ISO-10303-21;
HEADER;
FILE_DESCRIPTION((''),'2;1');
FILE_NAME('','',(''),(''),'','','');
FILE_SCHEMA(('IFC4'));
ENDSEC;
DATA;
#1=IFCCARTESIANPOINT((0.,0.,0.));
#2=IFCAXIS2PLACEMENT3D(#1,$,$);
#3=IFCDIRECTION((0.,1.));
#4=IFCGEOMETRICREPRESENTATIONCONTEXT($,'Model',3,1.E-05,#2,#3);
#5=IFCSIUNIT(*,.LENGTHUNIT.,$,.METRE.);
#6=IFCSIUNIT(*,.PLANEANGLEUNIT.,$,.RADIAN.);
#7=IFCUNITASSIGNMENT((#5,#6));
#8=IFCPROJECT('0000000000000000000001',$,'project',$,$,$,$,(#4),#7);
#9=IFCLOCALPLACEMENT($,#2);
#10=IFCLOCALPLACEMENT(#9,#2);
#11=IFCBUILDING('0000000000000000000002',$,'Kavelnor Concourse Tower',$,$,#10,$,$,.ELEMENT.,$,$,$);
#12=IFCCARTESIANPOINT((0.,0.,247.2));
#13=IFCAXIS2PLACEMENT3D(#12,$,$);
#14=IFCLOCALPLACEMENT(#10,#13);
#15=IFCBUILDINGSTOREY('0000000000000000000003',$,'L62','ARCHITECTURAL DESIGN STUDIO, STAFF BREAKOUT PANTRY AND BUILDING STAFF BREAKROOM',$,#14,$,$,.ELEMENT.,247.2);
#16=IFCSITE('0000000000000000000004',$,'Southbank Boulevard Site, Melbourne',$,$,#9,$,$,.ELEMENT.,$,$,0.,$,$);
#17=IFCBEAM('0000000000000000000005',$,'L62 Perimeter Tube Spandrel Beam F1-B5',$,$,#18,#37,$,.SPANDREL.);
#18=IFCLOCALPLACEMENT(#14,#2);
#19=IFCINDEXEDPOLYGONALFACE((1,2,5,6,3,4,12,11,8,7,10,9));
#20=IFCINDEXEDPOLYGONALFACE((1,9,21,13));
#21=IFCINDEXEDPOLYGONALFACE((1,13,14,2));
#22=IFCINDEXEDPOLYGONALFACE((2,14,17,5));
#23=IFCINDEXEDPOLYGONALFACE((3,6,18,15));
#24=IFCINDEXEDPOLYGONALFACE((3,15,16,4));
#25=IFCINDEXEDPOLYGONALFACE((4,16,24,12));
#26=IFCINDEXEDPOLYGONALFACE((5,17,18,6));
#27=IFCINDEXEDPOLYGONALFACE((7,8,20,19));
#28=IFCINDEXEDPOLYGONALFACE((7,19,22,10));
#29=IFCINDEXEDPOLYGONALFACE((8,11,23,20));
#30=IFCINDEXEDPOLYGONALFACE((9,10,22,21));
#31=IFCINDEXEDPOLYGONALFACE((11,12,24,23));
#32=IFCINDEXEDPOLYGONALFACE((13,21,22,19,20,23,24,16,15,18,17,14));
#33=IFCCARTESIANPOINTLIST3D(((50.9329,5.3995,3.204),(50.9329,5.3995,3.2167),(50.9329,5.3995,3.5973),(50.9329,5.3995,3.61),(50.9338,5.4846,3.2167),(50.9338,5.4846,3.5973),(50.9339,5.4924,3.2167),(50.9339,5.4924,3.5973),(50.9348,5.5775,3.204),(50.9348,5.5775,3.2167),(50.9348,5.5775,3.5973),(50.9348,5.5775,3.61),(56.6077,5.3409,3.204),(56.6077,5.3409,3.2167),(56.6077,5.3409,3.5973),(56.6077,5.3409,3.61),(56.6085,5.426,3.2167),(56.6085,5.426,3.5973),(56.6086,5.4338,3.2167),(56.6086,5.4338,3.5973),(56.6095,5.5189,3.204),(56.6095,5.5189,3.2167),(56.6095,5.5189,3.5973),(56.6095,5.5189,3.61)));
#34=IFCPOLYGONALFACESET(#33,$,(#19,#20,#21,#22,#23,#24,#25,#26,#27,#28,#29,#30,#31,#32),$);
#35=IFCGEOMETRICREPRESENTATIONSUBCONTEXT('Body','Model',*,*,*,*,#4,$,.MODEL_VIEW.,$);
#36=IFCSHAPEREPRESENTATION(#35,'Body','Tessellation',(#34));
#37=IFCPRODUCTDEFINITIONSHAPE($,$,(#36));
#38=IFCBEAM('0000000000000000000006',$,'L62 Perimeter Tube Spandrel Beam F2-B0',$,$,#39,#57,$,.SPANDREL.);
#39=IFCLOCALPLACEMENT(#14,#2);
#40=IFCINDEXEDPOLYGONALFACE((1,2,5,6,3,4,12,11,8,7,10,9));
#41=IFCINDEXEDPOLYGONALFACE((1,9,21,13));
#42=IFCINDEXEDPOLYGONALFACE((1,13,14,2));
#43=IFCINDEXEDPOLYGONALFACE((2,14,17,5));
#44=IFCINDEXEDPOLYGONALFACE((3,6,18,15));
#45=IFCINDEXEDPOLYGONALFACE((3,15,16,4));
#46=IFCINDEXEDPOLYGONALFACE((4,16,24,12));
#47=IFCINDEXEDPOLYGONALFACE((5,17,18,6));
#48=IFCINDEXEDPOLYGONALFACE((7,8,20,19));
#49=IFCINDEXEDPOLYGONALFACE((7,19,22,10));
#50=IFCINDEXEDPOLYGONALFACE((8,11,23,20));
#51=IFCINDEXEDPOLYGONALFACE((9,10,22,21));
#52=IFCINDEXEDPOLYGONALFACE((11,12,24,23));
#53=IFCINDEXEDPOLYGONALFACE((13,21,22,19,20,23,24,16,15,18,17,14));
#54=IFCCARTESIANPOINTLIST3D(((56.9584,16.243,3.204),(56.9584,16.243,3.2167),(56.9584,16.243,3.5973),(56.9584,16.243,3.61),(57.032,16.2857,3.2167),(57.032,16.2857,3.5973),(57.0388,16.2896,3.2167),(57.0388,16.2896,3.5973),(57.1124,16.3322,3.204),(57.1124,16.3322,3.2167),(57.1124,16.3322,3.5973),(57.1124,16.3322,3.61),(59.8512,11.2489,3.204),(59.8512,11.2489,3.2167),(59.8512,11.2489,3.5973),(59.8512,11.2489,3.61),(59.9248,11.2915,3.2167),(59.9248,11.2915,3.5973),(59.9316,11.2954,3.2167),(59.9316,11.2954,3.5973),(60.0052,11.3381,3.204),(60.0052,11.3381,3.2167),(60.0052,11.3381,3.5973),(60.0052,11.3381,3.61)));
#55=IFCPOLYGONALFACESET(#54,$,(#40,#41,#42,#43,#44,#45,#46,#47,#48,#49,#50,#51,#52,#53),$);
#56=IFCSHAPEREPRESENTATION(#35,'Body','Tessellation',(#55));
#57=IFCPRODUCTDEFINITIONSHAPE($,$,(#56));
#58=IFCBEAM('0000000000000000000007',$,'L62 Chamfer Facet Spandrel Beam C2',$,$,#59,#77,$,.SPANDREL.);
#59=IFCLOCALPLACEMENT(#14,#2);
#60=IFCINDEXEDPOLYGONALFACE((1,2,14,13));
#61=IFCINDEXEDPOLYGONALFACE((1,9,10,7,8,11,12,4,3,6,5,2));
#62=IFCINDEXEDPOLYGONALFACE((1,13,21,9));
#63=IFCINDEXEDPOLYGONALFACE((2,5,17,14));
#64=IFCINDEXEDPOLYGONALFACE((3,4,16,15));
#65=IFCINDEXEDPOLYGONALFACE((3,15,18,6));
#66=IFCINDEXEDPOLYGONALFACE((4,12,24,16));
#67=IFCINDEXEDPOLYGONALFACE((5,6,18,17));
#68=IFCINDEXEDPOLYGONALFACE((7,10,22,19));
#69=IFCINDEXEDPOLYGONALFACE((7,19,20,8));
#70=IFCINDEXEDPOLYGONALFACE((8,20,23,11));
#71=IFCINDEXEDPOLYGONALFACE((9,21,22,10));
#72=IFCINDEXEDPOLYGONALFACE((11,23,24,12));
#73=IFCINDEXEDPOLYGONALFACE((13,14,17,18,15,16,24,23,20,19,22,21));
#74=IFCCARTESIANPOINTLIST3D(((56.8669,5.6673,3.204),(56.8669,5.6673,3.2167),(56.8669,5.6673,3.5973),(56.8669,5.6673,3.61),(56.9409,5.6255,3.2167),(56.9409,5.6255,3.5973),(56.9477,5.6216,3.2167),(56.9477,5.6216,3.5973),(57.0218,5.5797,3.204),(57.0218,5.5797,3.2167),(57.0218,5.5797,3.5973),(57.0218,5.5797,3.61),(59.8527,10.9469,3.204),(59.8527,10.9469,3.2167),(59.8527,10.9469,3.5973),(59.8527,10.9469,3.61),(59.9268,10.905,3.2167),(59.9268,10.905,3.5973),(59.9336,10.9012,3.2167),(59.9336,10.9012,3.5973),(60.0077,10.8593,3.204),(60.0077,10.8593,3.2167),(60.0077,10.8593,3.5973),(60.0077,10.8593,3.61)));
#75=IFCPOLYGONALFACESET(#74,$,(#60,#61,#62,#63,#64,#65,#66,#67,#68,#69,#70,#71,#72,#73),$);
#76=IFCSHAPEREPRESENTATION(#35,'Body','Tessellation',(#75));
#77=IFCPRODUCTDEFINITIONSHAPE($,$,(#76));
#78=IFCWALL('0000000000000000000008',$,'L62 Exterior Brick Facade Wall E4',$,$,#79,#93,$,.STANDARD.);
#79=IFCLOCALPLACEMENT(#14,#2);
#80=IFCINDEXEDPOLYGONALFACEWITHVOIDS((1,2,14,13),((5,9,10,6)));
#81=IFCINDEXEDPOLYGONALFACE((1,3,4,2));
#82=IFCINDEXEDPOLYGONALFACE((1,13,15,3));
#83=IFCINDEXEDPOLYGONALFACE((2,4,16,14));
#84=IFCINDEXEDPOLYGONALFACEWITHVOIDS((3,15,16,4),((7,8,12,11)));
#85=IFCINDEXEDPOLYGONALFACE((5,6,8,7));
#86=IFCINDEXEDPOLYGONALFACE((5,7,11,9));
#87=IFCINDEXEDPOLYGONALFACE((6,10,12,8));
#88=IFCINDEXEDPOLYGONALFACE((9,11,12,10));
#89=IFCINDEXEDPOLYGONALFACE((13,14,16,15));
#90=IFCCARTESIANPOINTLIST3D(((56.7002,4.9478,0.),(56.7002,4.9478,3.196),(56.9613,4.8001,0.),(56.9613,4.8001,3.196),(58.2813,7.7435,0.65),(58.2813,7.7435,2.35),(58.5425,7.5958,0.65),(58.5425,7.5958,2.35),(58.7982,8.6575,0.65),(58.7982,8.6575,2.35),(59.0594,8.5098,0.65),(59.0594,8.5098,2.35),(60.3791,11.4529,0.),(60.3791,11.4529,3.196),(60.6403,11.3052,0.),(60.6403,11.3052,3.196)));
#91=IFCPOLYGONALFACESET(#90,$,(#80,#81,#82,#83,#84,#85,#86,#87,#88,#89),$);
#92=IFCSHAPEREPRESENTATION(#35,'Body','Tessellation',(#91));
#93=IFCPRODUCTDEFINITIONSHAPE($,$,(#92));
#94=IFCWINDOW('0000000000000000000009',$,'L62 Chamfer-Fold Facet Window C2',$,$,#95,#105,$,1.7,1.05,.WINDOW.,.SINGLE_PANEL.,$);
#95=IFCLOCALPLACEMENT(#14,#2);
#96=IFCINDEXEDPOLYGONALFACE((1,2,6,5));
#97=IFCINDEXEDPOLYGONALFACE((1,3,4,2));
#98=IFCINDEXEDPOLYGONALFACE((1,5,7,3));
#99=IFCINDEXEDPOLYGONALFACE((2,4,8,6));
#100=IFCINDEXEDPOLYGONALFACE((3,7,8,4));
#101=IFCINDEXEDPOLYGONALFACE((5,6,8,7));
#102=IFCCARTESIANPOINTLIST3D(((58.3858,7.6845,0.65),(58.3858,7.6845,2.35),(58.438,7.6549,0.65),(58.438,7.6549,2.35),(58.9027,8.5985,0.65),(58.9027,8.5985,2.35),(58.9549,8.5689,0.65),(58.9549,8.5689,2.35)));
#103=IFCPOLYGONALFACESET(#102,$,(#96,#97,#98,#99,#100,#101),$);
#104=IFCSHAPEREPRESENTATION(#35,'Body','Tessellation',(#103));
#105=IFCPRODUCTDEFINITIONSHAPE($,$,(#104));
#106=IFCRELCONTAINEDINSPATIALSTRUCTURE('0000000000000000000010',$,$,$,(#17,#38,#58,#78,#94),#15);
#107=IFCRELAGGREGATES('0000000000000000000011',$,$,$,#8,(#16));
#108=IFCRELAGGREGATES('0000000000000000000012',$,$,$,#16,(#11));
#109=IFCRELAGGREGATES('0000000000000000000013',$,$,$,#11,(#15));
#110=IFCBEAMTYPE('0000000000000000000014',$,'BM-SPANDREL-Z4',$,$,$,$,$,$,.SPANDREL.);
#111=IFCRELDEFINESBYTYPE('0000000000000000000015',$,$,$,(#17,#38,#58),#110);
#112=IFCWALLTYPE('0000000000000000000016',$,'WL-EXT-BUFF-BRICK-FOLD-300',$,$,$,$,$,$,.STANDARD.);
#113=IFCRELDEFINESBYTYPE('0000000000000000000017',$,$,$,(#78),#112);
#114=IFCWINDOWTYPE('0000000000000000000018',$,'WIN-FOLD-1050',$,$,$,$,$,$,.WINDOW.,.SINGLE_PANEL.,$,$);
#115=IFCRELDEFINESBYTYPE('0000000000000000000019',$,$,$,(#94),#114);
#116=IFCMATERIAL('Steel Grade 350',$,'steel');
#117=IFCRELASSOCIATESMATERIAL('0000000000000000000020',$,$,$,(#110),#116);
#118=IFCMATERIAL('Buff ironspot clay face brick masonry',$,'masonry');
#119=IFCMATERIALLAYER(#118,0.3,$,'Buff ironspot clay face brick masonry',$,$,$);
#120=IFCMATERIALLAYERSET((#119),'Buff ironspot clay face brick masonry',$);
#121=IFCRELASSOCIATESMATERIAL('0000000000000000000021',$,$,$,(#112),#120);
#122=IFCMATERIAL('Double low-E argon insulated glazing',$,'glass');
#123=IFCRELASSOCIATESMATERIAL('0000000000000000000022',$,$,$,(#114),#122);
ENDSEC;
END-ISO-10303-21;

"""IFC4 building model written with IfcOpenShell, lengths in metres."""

from ifc_helpers import new_model, si_unit, direction, frame, frame_2d, origin, origin_2d, place, context, subcontext, project, spatial, rectangle, i_section, extrude, material, layer, layer_set, material_profile, profile_set, type_object, element, fill, save


model = new_model("IFC4")

# Units and contexts
model_context = context("Model", 3, precision=1e-05, world=origin(), true_north=direction((0.0, 1.0)))
body_context = subcontext(model_context, "Body", "Model", "MODEL_VIEW")
ifc_project = project(units=[si_unit("LENGTHUNIT", "METRE"), si_unit("PLANEANGLEUNIT", "RADIAN")], contexts=[model_context])

# Site, building, storey
site_placement = place(None, origin())
site = spatial("IfcSite", under=ifc_project, at=site_placement, Name="Southbank Boulevard Site, Melbourne", CompositionType="ELEMENT", RefElevation=0.0)
building_placement = place(site_placement, origin())
building = spatial("IfcBuilding", under=site, at=building_placement, Name="Kavelnor Concourse Tower", CompositionType="ELEMENT")
storey_placement = place(building_placement, frame((0.0, 0.0, 247.2)))
storey = spatial("IfcBuildingStorey", under=building, at=storey_placement, Name="L62", Description="ARCHITECTURAL DESIGN STUDIO, STAFF BREAKOUT PANTRY AND BUILDING STAFF BREAKROOM", CompositionType="ELEMENT", Elevation=247.2)

# Shared definitions
ifc_material_1 = material(Name="Steel Grade 350", Category="steel")

# Beams
ifc_material_profile_1 = material_profile(ifc_material_1, i_section(OverallWidth=0.178, OverallDepth=0.406, WebThickness=0.0078, FlangeThickness=0.0127, at=origin_2d()), Name="410UB59")
ifc_profile_set_1 = profile_set([ifc_material_profile_1], Name="Steel Grade 350")
beam_type_1 = type_object("IfcBeamType", Name="BM-SPANDREL-Z4", PredefinedType="SPANDREL", material=ifc_profile_set_1)
beam_1_placement = place(storey_placement, frame((50.9338, 5.4885, 3.407), z_axis=(0.999947, -0.010325, 0.0), x_axis=(0.010325, 0.999947, 0.0)))
element("IfcBeam", 1, at=beam_1_placement, inside=storey, type_object=beam_type_1, Name="L62 Perimeter Tube Spandrel Beam F1-B5", PredefinedType="SPANDREL", context=body_context, shape_type="SweptSolid", body=[
    extrude(i_section(OverallWidth=0.178, OverallDepth=0.406, WebThickness=0.0078, FlangeThickness=0.0127, at=origin_2d()), origin(), (0.0, 0.0, 1.0), 5.675),
])
beam_2_placement = place(storey_placement, frame((59.9282, 11.2935, 3.407), z_axis=(-0.501228, 0.865315, 0.0), x_axis=(-0.865315, -0.501228, 0.0)))
element("IfcBeam", 2, at=beam_2_placement, inside=storey, type_object=beam_type_1, Name="L62 Perimeter Tube Spandrel Beam F2-B0", PredefinedType="SPANDREL", context=body_context, shape_type="SweptSolid", body=[
    extrude(i_section(OverallWidth=0.178, OverallDepth=0.406, WebThickness=0.0078, FlangeThickness=0.0127, at=origin_2d()), origin(), (0.0, 0.0, 1.0), 5.7715),
])
beam_3_placement = place(storey_placement, frame((56.9443, 5.6235, 3.407), z_axis=(0.492276, 0.870439, 0.0), x_axis=(-0.870439, 0.492276, 0.0)))
element("IfcBeam", 3, at=beam_3_placement, inside=storey, type_object=beam_type_1, Name="L62 Chamfer Facet Spandrel Beam C2", PredefinedType="SPANDREL", context=body_context, shape_type="SweptSolid", body=[
    extrude(i_section(OverallWidth=0.178, OverallDepth=0.406, WebThickness=0.0078, FlangeThickness=0.0127, at=origin_2d()), origin(), (0.0, 0.0, 1.0), 6.0654),
])

# Wall, opening, window
ifc_material_2 = material(Name="Buff ironspot clay face brick masonry", Category="masonry")
ifc_layer_1 = layer(ifc_material_2, 0.3, Name="Buff ironspot clay face brick masonry")
ifc_layer_set_1 = layer_set([ifc_layer_1], Name="Buff ironspot clay face brick masonry")
wall_type_1 = type_object("IfcWallType", Name="WL-EXT-BUFF-BRICK-FOLD-300", PredefinedType="STANDARD", material=ifc_layer_set_1)
wall_1_placement = place(storey_placement, frame((60.5098, 11.3792, 0.0), z_axis=(0.0, 0.0, 1.0), x_axis=(-0.492275, -0.87044, 0.0)))
wall_1 = element("IfcWall", 4, at=wall_1_placement, inside=storey, type_object=wall_type_1, Name="L62 Exterior Brick Facade Wall E4", PredefinedType="STANDARD", context=body_context, shape_type="SweptSolid", body=[
    extrude(rectangle(XDim=7.4734, YDim=0.3, at=frame_2d((3.7368, 0.0))), origin(), (0.0, 0.0, 1.0), 3.196),
])
opening_1_placement = place(wall_1_placement, frame((3.2117, 0.0, 0.6499)))
opening_1 = element("IfcOpeningElement", 5, at=opening_1_placement, cuts=wall_1, PredefinedType="OPENING", context=body_context, shape_type="SweptSolid", body=[
    extrude(rectangle(XDim=1.05, YDim=1.7, at=frame_2d((0.5249, 0.8501))), frame((0.0, 0.1602, 0.0), z_axis=(0.0, -1.0, 0.0), x_axis=(1.0, 0.0, 0.0)), (0.0, 0.0, 1.0), 0.3201),
])
ifc_material_3 = material(Name="Double low-E argon insulated glazing", Category="glass")
window_type_1 = type_object("IfcWindowType", Name="WIN-FOLD-1050", PartitioningType="SINGLE_PANEL", PredefinedType="WINDOW", material=ifc_material_3)
window_1_placement = place(opening_1_placement, origin())
window_1 = element("IfcWindow", 6, at=window_1_placement, inside=storey, type_object=window_type_1, Name="L62 Chamfer-Fold Facet Window C2", OverallHeight=1.7, OverallWidth=1.05, PartitioningType="SINGLE_PANEL", PredefinedType="WINDOW", context=body_context, shape_type="SweptSolid", body=[
    extrude(rectangle(XDim=1.05, YDim=1.7, at=frame_2d((0.5249, 0.8501))), frame((0.0, 0.03, 0.0), z_axis=(0.0, -1.0, 0.0), x_axis=(1.0, 0.0, 0.0)), (0.0, 0.0, 1.0), 0.0601),
])
fill(opening_1, window_1)

save(model, "model.ifc")
